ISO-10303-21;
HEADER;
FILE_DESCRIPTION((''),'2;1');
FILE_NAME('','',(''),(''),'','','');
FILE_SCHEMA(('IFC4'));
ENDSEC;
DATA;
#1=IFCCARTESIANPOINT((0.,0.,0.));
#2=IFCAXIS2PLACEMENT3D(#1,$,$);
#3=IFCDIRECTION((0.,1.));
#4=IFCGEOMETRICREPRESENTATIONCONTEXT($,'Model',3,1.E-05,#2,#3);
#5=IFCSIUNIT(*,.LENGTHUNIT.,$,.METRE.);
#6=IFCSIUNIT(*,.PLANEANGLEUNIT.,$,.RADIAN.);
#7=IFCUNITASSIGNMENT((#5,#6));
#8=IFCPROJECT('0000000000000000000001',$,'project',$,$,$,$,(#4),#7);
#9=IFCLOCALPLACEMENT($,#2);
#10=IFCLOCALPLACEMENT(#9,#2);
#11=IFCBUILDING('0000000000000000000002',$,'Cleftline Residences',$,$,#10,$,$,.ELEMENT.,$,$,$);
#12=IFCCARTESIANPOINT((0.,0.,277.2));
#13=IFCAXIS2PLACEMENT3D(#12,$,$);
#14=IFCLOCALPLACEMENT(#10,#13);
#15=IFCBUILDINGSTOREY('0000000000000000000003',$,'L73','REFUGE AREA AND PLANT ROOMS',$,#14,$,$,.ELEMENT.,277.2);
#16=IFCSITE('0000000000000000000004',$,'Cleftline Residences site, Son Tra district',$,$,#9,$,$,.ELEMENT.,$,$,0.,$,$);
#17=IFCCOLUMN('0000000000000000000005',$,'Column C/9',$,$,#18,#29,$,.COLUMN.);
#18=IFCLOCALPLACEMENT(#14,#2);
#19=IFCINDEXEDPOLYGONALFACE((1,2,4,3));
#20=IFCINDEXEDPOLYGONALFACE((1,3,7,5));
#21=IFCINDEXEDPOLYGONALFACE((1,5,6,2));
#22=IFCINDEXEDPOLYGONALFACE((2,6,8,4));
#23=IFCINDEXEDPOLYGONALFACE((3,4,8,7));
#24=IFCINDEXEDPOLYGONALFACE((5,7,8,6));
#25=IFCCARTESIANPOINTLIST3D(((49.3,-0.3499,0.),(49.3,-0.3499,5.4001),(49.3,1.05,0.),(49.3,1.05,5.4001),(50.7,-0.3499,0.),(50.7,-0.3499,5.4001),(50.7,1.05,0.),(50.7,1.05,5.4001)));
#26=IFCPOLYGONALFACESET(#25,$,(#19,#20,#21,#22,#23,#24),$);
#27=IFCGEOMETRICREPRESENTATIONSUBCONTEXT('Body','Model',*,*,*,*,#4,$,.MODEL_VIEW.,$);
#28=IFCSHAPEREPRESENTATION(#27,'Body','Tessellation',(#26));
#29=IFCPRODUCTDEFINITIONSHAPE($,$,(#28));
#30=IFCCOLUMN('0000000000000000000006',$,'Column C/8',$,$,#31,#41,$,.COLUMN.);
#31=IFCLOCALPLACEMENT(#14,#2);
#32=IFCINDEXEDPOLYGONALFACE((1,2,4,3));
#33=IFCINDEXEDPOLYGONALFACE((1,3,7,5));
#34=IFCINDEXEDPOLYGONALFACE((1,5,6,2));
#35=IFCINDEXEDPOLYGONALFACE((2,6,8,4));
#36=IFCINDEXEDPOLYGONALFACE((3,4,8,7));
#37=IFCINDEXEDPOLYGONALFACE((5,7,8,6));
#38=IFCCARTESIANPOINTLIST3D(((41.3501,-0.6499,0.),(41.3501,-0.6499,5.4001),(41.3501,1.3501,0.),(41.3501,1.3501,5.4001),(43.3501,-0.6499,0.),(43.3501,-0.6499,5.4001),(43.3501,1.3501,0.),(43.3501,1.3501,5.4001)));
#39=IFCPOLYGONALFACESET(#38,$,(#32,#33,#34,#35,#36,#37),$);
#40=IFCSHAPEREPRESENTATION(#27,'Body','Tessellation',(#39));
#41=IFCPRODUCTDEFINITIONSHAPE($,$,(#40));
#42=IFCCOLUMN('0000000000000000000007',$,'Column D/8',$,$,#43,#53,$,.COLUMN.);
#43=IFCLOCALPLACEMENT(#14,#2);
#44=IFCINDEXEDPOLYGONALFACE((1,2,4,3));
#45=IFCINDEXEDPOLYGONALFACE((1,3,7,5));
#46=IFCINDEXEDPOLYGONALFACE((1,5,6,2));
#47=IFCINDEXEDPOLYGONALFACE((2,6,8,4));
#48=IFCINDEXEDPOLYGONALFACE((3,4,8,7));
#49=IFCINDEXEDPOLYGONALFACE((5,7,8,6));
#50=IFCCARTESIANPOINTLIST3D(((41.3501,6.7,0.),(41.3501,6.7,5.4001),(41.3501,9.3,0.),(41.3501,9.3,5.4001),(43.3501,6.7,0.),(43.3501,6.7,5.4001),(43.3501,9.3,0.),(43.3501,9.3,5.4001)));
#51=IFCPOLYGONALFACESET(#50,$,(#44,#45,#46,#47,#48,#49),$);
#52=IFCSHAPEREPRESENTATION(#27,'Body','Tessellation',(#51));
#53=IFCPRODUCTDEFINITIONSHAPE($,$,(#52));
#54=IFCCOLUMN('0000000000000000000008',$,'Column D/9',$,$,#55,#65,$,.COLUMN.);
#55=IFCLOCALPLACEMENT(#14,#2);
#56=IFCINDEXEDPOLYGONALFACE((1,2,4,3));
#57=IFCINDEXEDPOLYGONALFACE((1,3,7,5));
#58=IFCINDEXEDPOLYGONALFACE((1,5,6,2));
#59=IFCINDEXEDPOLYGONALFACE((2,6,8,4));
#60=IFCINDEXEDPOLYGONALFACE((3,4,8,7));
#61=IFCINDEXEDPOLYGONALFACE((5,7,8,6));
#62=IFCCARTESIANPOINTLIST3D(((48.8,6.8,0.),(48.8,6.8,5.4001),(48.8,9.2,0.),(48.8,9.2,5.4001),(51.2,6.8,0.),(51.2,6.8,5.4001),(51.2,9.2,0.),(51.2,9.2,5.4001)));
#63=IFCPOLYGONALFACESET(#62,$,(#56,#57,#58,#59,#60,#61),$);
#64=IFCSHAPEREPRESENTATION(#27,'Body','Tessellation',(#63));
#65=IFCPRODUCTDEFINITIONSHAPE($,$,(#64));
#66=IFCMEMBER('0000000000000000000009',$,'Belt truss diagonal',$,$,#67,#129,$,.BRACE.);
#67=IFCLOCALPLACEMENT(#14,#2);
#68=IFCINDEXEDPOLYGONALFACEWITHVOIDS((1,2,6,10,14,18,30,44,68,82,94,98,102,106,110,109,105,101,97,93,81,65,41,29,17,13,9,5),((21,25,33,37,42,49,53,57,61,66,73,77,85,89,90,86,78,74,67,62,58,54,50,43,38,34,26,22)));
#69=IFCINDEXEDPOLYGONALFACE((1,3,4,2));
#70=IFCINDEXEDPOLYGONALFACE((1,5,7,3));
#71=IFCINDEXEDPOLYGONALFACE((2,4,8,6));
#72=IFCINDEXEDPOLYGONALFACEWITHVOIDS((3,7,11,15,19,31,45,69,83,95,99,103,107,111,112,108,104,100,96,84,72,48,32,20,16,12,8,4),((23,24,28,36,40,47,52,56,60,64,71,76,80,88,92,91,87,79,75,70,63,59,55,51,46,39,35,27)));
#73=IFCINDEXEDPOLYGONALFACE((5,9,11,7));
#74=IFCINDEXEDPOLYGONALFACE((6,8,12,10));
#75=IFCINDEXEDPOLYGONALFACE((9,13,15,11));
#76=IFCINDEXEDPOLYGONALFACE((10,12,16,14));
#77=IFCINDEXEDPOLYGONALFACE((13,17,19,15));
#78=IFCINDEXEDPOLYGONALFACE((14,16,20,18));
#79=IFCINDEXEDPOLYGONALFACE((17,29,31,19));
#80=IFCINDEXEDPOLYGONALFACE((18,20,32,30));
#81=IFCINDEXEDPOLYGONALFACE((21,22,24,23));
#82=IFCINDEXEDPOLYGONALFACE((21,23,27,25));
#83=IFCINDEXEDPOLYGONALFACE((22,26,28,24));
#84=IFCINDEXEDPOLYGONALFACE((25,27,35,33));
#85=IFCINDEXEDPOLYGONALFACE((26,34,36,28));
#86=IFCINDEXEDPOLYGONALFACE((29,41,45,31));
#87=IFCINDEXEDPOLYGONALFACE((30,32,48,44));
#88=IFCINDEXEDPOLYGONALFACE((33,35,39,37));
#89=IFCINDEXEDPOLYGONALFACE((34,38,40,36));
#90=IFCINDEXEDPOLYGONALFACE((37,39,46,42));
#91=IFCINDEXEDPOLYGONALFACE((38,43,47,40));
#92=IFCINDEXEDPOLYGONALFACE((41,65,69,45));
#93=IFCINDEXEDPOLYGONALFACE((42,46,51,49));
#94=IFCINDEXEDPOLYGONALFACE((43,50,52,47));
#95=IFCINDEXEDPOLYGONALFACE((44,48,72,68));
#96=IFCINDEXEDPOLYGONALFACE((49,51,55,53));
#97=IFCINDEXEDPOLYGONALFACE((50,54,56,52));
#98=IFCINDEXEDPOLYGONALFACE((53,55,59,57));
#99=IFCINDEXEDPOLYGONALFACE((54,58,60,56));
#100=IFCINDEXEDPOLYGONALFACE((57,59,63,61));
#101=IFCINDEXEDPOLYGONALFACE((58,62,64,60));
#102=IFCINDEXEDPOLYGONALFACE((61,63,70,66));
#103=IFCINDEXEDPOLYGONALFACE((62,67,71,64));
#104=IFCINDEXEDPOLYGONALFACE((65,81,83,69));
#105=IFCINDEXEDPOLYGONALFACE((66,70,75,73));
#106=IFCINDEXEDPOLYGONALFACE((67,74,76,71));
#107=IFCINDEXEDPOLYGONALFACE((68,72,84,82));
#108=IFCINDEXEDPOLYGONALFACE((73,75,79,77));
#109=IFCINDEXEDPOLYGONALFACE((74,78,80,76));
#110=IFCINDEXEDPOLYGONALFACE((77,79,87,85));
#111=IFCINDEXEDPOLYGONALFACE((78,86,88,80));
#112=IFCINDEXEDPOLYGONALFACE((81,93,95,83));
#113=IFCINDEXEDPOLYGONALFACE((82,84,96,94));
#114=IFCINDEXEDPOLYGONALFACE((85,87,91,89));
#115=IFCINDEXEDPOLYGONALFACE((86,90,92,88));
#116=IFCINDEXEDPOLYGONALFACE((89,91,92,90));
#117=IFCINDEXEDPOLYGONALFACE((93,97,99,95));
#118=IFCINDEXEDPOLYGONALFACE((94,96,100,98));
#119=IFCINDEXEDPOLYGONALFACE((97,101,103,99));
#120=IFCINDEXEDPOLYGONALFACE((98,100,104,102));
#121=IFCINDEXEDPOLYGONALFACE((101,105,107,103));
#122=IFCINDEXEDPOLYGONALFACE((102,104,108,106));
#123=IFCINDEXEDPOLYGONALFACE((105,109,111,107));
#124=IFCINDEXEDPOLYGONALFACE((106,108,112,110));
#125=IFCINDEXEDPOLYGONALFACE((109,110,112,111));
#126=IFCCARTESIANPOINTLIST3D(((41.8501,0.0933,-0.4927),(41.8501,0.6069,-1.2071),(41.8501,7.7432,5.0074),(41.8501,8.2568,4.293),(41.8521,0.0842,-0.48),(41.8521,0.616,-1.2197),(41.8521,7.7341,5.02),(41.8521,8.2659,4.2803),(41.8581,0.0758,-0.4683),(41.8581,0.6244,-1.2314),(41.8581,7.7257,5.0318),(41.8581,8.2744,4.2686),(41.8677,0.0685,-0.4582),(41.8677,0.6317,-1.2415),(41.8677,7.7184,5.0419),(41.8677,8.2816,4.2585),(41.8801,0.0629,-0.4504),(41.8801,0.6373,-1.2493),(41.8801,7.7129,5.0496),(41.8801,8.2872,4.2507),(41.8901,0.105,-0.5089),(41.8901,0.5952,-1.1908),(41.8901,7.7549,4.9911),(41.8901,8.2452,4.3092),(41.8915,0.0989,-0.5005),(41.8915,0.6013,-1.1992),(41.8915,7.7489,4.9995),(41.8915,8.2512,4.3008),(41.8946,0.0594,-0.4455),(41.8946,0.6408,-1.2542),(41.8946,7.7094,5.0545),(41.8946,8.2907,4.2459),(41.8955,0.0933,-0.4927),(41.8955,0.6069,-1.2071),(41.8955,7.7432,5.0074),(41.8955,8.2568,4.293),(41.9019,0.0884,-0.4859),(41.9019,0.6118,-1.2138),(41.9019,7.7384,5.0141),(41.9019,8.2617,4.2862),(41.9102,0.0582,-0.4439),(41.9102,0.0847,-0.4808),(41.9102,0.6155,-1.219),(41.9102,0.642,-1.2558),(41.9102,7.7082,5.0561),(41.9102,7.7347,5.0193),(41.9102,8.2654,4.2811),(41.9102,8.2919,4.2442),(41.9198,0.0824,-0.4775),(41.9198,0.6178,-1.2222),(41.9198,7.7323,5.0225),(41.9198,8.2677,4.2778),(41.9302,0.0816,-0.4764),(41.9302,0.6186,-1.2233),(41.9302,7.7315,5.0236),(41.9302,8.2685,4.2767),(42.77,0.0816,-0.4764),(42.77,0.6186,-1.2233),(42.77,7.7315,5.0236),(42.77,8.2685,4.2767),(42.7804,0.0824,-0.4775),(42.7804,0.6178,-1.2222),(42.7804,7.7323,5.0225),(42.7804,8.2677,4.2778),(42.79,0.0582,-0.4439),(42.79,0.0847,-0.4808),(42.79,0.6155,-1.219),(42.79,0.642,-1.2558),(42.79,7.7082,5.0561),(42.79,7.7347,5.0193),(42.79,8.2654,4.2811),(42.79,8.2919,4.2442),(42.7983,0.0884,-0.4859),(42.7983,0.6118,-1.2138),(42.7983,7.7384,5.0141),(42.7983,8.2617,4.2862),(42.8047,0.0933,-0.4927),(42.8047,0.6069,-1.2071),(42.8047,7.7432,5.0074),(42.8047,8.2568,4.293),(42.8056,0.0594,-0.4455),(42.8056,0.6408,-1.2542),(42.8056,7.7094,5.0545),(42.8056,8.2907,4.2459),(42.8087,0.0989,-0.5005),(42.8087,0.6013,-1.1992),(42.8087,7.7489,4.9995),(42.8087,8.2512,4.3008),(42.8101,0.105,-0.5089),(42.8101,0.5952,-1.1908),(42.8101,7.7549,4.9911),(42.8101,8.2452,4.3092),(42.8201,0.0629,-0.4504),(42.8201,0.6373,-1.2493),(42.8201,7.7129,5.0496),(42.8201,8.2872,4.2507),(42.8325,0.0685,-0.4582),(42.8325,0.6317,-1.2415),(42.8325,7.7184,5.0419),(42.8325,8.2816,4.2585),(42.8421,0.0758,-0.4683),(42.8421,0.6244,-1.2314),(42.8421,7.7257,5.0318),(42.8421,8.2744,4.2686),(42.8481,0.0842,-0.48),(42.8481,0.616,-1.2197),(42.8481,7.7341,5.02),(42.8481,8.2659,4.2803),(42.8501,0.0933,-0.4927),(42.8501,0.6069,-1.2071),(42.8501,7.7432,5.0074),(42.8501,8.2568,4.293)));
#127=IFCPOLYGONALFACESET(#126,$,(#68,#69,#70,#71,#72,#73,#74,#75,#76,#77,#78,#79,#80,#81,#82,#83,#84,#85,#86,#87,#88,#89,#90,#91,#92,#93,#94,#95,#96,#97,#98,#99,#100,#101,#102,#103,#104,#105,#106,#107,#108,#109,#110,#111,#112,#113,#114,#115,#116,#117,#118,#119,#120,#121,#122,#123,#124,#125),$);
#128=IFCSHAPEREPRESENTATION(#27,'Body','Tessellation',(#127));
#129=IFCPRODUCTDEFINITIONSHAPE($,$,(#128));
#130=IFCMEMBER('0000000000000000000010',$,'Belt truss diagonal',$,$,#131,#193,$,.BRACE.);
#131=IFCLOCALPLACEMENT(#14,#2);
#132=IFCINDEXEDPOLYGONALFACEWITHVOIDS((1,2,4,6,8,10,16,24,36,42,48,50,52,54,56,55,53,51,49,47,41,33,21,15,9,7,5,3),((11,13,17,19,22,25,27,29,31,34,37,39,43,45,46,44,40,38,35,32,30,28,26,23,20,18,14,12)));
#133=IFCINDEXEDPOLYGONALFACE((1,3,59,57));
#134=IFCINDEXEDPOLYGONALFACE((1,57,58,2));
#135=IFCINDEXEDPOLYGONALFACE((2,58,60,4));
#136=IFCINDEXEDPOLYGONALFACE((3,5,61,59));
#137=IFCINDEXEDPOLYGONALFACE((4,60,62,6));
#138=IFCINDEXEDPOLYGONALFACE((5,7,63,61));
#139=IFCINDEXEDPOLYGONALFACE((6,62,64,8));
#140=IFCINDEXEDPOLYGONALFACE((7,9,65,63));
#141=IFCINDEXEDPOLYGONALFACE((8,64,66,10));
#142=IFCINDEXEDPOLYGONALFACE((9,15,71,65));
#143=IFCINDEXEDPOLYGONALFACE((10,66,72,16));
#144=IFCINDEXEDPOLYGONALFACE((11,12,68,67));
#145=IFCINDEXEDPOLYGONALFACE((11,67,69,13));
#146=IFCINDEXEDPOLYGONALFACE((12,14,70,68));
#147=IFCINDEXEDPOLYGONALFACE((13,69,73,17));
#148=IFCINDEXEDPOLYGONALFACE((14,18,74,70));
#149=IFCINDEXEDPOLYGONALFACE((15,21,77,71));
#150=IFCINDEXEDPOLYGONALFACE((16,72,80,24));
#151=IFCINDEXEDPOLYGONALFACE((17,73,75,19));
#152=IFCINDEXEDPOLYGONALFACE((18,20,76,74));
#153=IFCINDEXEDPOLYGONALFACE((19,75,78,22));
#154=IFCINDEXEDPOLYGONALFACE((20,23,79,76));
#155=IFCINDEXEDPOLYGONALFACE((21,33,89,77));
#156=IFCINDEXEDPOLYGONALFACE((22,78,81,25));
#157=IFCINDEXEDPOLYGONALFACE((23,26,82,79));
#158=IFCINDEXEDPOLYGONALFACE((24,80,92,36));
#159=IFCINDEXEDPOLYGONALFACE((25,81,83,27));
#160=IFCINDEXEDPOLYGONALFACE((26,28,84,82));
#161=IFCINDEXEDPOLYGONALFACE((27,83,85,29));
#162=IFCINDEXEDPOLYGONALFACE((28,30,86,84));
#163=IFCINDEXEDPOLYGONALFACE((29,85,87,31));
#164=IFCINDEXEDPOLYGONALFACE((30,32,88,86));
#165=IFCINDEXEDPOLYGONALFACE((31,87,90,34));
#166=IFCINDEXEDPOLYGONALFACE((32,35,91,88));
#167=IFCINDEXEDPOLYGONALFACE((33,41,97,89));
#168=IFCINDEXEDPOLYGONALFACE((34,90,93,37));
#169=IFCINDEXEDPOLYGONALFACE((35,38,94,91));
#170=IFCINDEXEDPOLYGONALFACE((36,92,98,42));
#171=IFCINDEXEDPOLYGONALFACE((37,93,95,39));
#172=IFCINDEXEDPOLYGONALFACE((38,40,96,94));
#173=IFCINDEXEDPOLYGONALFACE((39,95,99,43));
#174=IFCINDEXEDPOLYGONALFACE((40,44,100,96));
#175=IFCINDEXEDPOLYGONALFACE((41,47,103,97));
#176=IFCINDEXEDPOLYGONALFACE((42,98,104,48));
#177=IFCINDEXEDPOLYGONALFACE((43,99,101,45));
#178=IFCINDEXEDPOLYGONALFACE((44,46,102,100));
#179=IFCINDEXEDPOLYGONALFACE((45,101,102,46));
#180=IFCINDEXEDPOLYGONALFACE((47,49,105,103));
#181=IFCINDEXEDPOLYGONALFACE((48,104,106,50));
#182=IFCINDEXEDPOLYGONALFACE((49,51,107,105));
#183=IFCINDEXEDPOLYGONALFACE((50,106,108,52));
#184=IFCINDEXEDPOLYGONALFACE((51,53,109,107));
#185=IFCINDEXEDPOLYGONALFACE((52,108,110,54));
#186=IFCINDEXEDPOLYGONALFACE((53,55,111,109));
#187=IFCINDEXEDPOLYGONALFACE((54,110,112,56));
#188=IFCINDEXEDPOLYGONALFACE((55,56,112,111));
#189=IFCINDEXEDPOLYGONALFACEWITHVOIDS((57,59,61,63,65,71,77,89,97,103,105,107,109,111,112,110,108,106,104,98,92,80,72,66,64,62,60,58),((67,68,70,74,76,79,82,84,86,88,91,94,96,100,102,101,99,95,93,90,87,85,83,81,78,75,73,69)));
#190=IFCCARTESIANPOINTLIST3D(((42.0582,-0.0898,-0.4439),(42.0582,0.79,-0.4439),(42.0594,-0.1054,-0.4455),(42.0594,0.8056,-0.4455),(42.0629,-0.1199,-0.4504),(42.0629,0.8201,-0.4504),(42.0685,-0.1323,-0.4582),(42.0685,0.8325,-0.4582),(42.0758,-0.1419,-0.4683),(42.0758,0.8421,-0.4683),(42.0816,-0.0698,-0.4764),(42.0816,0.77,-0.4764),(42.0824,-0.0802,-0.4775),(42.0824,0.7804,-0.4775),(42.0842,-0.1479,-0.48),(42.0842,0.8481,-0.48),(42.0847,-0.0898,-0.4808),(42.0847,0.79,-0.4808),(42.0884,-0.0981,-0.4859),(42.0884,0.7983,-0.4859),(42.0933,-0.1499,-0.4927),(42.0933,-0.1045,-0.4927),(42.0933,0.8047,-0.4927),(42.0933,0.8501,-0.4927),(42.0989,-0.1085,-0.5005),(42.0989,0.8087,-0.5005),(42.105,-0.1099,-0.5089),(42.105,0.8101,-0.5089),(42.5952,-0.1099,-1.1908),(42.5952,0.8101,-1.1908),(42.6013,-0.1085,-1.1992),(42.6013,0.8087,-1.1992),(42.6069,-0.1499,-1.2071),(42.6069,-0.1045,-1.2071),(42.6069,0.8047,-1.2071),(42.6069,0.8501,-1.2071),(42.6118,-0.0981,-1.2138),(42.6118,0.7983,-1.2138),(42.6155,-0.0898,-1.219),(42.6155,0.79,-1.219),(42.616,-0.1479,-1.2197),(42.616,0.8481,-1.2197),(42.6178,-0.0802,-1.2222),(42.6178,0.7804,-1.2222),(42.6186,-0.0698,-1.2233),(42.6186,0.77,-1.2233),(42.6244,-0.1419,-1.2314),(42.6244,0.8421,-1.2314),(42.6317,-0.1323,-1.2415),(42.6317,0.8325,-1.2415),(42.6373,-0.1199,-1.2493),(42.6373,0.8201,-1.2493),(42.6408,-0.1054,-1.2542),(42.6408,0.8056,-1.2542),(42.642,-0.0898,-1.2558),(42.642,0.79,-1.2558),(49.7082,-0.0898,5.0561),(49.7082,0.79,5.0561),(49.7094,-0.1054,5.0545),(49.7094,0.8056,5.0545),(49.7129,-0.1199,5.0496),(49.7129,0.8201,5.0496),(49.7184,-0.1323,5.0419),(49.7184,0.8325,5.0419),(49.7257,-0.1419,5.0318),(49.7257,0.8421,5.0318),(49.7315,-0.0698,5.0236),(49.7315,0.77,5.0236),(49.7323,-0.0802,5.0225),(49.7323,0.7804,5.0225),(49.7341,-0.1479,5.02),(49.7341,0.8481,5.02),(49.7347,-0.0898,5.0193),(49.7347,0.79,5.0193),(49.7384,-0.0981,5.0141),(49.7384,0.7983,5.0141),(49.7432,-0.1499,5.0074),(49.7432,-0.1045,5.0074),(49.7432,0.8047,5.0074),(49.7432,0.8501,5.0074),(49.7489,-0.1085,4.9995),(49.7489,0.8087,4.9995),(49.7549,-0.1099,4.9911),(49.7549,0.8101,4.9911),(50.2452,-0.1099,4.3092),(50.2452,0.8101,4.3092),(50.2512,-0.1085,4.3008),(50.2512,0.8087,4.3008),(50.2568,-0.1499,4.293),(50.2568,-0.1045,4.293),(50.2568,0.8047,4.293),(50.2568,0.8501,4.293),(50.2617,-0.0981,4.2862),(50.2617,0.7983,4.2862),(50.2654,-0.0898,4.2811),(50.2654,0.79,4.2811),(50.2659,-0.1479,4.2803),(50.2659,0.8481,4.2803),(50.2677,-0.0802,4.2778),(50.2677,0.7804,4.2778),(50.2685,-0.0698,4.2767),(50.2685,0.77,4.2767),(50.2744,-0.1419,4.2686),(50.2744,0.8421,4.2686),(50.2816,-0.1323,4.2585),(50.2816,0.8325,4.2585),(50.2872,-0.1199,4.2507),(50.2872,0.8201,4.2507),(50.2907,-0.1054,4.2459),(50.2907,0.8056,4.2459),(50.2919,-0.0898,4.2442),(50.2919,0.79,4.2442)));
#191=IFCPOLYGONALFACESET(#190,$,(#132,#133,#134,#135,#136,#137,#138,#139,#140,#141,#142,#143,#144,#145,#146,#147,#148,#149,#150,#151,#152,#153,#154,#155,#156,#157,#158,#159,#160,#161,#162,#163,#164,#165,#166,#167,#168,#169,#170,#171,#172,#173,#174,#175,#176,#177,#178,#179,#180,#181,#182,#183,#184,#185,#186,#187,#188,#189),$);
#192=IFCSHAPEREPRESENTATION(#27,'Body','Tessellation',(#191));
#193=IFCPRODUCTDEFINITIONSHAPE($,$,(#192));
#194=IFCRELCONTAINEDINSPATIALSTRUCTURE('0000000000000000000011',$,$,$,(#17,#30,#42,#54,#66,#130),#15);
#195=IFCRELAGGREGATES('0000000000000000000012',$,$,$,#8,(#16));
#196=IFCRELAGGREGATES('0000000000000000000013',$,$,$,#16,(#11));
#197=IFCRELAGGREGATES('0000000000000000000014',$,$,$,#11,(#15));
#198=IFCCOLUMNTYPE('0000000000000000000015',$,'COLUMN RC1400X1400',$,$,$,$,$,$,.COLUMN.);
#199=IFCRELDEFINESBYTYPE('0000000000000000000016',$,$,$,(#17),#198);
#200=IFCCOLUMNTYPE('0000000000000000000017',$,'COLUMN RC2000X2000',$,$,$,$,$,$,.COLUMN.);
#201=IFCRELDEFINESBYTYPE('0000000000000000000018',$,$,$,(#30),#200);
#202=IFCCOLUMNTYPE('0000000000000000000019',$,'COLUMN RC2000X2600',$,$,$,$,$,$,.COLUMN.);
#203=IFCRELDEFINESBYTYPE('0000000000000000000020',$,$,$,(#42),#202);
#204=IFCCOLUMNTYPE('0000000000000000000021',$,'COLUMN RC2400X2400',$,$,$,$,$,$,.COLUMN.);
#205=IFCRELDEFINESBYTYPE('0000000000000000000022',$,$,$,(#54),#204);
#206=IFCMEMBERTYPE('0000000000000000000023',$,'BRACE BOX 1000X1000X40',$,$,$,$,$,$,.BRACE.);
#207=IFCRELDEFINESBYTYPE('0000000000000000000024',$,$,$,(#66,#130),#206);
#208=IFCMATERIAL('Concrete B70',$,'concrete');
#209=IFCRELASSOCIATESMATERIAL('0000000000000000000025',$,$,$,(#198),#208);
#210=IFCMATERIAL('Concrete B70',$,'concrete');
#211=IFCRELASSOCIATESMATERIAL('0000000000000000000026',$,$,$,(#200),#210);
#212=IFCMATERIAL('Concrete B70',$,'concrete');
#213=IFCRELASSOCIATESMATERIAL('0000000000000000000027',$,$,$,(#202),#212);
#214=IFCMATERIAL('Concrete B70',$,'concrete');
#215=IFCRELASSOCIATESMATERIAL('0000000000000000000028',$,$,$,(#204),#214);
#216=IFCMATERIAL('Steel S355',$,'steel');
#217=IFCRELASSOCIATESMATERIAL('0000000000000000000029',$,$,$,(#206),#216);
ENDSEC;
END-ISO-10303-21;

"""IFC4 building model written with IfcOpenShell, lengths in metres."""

from ifc_helpers import new_model, si_unit, direction, frame, origin, origin_2d, place, context, subcontext, project, spatial, rectangle, hollow_rectangle, extrude, material, material_profile, profile_set, type_object, element, save


model = new_model("IFC4")

# Units and contexts
model_context = context("Model", 3, precision=1e-05, world=origin(), true_north=direction((0.0, 1.0)))
body_context = subcontext(model_context, "Body", "Model", "MODEL_VIEW")
ifc_project = project(units=[si_unit("LENGTHUNIT", "METRE"), si_unit("PLANEANGLEUNIT", "RADIAN")], contexts=[model_context])

# Site, building, storey
site_placement = place(None, origin())
site = spatial("IfcSite", under=ifc_project, at=site_placement, Name="Cleftline Residences site, Son Tra district", CompositionType="ELEMENT", RefElevation=0.0)
building_placement = place(site_placement, origin())
building = spatial("IfcBuilding", under=site, at=building_placement, Name="Cleftline Residences", CompositionType="ELEMENT")
storey_placement = place(building_placement, frame((0.0, 0.0, 277.2)))
storey = spatial("IfcBuildingStorey", under=building, at=storey_placement, Name="L73", Description="REFUGE AREA AND PLANT ROOMS", CompositionType="ELEMENT", Elevation=277.2)

# Columns
ifc_material_1 = material(Name="Concrete B70", Category="concrete")
ifc_material_profile_1 = material_profile(ifc_material_1, rectangle(XDim=1.3999, YDim=1.3999, at=origin_2d()))
ifc_profile_set_1 = profile_set([ifc_material_profile_1], Name="Concrete B70")
column_type_1 = type_object("IfcColumnType", Name="COLUMN RC1400X1400", PredefinedType="COLUMN", material=ifc_profile_set_1)
column_1_placement = place(storey_placement, frame((50.0, 0.3501, 0.0), z_axis=(0.0, 0.0, 1.0), x_axis=(1.0, 0.0, 0.0)))
element("IfcColumn", 1, at=column_1_placement, inside=storey, type_object=column_type_1, Name="Column C/9", PredefinedType="COLUMN", context=body_context, shape_type="SweptSolid", body=[
    extrude(rectangle(XDim=1.3999, YDim=1.3999, at=origin_2d()), origin(), (0.0, 0.0, 1.0), 5.4001),
])
ifc_material_2 = material(Name="Concrete B70", Category="concrete")
ifc_material_profile_2 = material_profile(ifc_material_2, rectangle(XDim=2.0, YDim=2.0, at=origin_2d()))
ifc_profile_set_2 = profile_set([ifc_material_profile_2], Name="Concrete B70")
column_type_2 = type_object("IfcColumnType", Name="COLUMN RC2000X2000", PredefinedType="COLUMN", material=ifc_profile_set_2)
column_2_placement = place(storey_placement, frame((42.3501, 0.3501, 0.0), z_axis=(0.0, 0.0, 1.0), x_axis=(1.0, 0.0, 0.0)))
element("IfcColumn", 2, at=column_2_placement, inside=storey, type_object=column_type_2, Name="Column C/8", PredefinedType="COLUMN", context=body_context, shape_type="SweptSolid", body=[
    extrude(rectangle(XDim=2.0, YDim=2.0, at=origin_2d()), origin(), (0.0, 0.0, 1.0), 5.4001),
])
ifc_material_3 = material(Name="Concrete B70", Category="concrete")
ifc_material_profile_3 = material_profile(ifc_material_3, rectangle(XDim=2.0, YDim=2.6001, at=origin_2d()))
ifc_profile_set_3 = profile_set([ifc_material_profile_3], Name="Concrete B70")
column_type_3 = type_object("IfcColumnType", Name="COLUMN RC2000X2600", PredefinedType="COLUMN", material=ifc_profile_set_3)
column_3_placement = place(storey_placement, frame((42.3501, 8.0, 0.0), z_axis=(0.0, 0.0, 1.0), x_axis=(1.0, 0.0, 0.0)))
element("IfcColumn", 3, at=column_3_placement, inside=storey, type_object=column_type_3, Name="Column D/8", PredefinedType="COLUMN", context=body_context, shape_type="SweptSolid", body=[
    extrude(rectangle(XDim=2.0, YDim=2.6001, at=origin_2d()), origin(), (0.0, 0.0, 1.0), 5.4001),
])
ifc_material_4 = material(Name="Concrete B70", Category="concrete")
ifc_material_profile_4 = material_profile(ifc_material_4, rectangle(XDim=2.3999, YDim=2.3999, at=origin_2d()))
ifc_profile_set_4 = profile_set([ifc_material_profile_4], Name="Concrete B70")
column_type_4 = type_object("IfcColumnType", Name="COLUMN RC2400X2400", PredefinedType="COLUMN", material=ifc_profile_set_4)
column_4_placement = place(storey_placement, frame((50.0, 8.0, 0.0), z_axis=(0.0, 0.0, 1.0), x_axis=(1.0, 0.0, 0.0)))
element("IfcColumn", 4, at=column_4_placement, inside=storey, type_object=column_type_4, Name="Column D/9", PredefinedType="COLUMN", context=body_context, shape_type="SweptSolid", body=[
    extrude(rectangle(XDim=2.3999, YDim=2.3999, at=origin_2d()), origin(), (0.0, 0.0, 1.0), 5.4001),
])

# Members
ifc_material_5 = material(Name="Steel S355", Category="steel")
ifc_material_profile_5 = material_profile(ifc_material_5, hollow_rectangle(XDim=1.0, YDim=1.0, WallThickness=0.04, InnerFilletRadius=0.04, OuterFilletRadius=0.0601, at=origin_2d()))
ifc_profile_set_5 = profile_set([ifc_material_profile_5], Name="Steel S355")
member_type_1 = type_object("IfcMemberType", Name="BRACE BOX 1000X1000X40", PredefinedType="BRACE", material=ifc_profile_set_5)
for number, where, z_axis, x_axis, name in (
    (5, (42.3501, 0.3501, -0.8499), (0.0, 0.811933, 0.58375), (0.0, -0.58375, 0.811933), "Belt truss diagonal"),
    (6, (42.3501, 0.3501, -0.8499), (0.811933, 0.0, 0.58375), (-0.58375, 0.0, 0.811933), "Belt truss diagonal"),
):
    element("IfcMember", number, at=place(storey_placement, frame(where, z_axis=z_axis, x_axis=x_axis)), inside=storey, type_object=member_type_1, Name=name, PredefinedType="BRACE", context=body_context, shape_type="SweptSolid", body=[
        extrude(hollow_rectangle(XDim=1.0, YDim=1.0, WallThickness=0.04, InnerFilletRadius=0.04, OuterFilletRadius=0.0601, at=origin_2d()), origin(), (0.0, 0.0, 1.0), 9.4219),
    ])

save(model, "model.ifc")
